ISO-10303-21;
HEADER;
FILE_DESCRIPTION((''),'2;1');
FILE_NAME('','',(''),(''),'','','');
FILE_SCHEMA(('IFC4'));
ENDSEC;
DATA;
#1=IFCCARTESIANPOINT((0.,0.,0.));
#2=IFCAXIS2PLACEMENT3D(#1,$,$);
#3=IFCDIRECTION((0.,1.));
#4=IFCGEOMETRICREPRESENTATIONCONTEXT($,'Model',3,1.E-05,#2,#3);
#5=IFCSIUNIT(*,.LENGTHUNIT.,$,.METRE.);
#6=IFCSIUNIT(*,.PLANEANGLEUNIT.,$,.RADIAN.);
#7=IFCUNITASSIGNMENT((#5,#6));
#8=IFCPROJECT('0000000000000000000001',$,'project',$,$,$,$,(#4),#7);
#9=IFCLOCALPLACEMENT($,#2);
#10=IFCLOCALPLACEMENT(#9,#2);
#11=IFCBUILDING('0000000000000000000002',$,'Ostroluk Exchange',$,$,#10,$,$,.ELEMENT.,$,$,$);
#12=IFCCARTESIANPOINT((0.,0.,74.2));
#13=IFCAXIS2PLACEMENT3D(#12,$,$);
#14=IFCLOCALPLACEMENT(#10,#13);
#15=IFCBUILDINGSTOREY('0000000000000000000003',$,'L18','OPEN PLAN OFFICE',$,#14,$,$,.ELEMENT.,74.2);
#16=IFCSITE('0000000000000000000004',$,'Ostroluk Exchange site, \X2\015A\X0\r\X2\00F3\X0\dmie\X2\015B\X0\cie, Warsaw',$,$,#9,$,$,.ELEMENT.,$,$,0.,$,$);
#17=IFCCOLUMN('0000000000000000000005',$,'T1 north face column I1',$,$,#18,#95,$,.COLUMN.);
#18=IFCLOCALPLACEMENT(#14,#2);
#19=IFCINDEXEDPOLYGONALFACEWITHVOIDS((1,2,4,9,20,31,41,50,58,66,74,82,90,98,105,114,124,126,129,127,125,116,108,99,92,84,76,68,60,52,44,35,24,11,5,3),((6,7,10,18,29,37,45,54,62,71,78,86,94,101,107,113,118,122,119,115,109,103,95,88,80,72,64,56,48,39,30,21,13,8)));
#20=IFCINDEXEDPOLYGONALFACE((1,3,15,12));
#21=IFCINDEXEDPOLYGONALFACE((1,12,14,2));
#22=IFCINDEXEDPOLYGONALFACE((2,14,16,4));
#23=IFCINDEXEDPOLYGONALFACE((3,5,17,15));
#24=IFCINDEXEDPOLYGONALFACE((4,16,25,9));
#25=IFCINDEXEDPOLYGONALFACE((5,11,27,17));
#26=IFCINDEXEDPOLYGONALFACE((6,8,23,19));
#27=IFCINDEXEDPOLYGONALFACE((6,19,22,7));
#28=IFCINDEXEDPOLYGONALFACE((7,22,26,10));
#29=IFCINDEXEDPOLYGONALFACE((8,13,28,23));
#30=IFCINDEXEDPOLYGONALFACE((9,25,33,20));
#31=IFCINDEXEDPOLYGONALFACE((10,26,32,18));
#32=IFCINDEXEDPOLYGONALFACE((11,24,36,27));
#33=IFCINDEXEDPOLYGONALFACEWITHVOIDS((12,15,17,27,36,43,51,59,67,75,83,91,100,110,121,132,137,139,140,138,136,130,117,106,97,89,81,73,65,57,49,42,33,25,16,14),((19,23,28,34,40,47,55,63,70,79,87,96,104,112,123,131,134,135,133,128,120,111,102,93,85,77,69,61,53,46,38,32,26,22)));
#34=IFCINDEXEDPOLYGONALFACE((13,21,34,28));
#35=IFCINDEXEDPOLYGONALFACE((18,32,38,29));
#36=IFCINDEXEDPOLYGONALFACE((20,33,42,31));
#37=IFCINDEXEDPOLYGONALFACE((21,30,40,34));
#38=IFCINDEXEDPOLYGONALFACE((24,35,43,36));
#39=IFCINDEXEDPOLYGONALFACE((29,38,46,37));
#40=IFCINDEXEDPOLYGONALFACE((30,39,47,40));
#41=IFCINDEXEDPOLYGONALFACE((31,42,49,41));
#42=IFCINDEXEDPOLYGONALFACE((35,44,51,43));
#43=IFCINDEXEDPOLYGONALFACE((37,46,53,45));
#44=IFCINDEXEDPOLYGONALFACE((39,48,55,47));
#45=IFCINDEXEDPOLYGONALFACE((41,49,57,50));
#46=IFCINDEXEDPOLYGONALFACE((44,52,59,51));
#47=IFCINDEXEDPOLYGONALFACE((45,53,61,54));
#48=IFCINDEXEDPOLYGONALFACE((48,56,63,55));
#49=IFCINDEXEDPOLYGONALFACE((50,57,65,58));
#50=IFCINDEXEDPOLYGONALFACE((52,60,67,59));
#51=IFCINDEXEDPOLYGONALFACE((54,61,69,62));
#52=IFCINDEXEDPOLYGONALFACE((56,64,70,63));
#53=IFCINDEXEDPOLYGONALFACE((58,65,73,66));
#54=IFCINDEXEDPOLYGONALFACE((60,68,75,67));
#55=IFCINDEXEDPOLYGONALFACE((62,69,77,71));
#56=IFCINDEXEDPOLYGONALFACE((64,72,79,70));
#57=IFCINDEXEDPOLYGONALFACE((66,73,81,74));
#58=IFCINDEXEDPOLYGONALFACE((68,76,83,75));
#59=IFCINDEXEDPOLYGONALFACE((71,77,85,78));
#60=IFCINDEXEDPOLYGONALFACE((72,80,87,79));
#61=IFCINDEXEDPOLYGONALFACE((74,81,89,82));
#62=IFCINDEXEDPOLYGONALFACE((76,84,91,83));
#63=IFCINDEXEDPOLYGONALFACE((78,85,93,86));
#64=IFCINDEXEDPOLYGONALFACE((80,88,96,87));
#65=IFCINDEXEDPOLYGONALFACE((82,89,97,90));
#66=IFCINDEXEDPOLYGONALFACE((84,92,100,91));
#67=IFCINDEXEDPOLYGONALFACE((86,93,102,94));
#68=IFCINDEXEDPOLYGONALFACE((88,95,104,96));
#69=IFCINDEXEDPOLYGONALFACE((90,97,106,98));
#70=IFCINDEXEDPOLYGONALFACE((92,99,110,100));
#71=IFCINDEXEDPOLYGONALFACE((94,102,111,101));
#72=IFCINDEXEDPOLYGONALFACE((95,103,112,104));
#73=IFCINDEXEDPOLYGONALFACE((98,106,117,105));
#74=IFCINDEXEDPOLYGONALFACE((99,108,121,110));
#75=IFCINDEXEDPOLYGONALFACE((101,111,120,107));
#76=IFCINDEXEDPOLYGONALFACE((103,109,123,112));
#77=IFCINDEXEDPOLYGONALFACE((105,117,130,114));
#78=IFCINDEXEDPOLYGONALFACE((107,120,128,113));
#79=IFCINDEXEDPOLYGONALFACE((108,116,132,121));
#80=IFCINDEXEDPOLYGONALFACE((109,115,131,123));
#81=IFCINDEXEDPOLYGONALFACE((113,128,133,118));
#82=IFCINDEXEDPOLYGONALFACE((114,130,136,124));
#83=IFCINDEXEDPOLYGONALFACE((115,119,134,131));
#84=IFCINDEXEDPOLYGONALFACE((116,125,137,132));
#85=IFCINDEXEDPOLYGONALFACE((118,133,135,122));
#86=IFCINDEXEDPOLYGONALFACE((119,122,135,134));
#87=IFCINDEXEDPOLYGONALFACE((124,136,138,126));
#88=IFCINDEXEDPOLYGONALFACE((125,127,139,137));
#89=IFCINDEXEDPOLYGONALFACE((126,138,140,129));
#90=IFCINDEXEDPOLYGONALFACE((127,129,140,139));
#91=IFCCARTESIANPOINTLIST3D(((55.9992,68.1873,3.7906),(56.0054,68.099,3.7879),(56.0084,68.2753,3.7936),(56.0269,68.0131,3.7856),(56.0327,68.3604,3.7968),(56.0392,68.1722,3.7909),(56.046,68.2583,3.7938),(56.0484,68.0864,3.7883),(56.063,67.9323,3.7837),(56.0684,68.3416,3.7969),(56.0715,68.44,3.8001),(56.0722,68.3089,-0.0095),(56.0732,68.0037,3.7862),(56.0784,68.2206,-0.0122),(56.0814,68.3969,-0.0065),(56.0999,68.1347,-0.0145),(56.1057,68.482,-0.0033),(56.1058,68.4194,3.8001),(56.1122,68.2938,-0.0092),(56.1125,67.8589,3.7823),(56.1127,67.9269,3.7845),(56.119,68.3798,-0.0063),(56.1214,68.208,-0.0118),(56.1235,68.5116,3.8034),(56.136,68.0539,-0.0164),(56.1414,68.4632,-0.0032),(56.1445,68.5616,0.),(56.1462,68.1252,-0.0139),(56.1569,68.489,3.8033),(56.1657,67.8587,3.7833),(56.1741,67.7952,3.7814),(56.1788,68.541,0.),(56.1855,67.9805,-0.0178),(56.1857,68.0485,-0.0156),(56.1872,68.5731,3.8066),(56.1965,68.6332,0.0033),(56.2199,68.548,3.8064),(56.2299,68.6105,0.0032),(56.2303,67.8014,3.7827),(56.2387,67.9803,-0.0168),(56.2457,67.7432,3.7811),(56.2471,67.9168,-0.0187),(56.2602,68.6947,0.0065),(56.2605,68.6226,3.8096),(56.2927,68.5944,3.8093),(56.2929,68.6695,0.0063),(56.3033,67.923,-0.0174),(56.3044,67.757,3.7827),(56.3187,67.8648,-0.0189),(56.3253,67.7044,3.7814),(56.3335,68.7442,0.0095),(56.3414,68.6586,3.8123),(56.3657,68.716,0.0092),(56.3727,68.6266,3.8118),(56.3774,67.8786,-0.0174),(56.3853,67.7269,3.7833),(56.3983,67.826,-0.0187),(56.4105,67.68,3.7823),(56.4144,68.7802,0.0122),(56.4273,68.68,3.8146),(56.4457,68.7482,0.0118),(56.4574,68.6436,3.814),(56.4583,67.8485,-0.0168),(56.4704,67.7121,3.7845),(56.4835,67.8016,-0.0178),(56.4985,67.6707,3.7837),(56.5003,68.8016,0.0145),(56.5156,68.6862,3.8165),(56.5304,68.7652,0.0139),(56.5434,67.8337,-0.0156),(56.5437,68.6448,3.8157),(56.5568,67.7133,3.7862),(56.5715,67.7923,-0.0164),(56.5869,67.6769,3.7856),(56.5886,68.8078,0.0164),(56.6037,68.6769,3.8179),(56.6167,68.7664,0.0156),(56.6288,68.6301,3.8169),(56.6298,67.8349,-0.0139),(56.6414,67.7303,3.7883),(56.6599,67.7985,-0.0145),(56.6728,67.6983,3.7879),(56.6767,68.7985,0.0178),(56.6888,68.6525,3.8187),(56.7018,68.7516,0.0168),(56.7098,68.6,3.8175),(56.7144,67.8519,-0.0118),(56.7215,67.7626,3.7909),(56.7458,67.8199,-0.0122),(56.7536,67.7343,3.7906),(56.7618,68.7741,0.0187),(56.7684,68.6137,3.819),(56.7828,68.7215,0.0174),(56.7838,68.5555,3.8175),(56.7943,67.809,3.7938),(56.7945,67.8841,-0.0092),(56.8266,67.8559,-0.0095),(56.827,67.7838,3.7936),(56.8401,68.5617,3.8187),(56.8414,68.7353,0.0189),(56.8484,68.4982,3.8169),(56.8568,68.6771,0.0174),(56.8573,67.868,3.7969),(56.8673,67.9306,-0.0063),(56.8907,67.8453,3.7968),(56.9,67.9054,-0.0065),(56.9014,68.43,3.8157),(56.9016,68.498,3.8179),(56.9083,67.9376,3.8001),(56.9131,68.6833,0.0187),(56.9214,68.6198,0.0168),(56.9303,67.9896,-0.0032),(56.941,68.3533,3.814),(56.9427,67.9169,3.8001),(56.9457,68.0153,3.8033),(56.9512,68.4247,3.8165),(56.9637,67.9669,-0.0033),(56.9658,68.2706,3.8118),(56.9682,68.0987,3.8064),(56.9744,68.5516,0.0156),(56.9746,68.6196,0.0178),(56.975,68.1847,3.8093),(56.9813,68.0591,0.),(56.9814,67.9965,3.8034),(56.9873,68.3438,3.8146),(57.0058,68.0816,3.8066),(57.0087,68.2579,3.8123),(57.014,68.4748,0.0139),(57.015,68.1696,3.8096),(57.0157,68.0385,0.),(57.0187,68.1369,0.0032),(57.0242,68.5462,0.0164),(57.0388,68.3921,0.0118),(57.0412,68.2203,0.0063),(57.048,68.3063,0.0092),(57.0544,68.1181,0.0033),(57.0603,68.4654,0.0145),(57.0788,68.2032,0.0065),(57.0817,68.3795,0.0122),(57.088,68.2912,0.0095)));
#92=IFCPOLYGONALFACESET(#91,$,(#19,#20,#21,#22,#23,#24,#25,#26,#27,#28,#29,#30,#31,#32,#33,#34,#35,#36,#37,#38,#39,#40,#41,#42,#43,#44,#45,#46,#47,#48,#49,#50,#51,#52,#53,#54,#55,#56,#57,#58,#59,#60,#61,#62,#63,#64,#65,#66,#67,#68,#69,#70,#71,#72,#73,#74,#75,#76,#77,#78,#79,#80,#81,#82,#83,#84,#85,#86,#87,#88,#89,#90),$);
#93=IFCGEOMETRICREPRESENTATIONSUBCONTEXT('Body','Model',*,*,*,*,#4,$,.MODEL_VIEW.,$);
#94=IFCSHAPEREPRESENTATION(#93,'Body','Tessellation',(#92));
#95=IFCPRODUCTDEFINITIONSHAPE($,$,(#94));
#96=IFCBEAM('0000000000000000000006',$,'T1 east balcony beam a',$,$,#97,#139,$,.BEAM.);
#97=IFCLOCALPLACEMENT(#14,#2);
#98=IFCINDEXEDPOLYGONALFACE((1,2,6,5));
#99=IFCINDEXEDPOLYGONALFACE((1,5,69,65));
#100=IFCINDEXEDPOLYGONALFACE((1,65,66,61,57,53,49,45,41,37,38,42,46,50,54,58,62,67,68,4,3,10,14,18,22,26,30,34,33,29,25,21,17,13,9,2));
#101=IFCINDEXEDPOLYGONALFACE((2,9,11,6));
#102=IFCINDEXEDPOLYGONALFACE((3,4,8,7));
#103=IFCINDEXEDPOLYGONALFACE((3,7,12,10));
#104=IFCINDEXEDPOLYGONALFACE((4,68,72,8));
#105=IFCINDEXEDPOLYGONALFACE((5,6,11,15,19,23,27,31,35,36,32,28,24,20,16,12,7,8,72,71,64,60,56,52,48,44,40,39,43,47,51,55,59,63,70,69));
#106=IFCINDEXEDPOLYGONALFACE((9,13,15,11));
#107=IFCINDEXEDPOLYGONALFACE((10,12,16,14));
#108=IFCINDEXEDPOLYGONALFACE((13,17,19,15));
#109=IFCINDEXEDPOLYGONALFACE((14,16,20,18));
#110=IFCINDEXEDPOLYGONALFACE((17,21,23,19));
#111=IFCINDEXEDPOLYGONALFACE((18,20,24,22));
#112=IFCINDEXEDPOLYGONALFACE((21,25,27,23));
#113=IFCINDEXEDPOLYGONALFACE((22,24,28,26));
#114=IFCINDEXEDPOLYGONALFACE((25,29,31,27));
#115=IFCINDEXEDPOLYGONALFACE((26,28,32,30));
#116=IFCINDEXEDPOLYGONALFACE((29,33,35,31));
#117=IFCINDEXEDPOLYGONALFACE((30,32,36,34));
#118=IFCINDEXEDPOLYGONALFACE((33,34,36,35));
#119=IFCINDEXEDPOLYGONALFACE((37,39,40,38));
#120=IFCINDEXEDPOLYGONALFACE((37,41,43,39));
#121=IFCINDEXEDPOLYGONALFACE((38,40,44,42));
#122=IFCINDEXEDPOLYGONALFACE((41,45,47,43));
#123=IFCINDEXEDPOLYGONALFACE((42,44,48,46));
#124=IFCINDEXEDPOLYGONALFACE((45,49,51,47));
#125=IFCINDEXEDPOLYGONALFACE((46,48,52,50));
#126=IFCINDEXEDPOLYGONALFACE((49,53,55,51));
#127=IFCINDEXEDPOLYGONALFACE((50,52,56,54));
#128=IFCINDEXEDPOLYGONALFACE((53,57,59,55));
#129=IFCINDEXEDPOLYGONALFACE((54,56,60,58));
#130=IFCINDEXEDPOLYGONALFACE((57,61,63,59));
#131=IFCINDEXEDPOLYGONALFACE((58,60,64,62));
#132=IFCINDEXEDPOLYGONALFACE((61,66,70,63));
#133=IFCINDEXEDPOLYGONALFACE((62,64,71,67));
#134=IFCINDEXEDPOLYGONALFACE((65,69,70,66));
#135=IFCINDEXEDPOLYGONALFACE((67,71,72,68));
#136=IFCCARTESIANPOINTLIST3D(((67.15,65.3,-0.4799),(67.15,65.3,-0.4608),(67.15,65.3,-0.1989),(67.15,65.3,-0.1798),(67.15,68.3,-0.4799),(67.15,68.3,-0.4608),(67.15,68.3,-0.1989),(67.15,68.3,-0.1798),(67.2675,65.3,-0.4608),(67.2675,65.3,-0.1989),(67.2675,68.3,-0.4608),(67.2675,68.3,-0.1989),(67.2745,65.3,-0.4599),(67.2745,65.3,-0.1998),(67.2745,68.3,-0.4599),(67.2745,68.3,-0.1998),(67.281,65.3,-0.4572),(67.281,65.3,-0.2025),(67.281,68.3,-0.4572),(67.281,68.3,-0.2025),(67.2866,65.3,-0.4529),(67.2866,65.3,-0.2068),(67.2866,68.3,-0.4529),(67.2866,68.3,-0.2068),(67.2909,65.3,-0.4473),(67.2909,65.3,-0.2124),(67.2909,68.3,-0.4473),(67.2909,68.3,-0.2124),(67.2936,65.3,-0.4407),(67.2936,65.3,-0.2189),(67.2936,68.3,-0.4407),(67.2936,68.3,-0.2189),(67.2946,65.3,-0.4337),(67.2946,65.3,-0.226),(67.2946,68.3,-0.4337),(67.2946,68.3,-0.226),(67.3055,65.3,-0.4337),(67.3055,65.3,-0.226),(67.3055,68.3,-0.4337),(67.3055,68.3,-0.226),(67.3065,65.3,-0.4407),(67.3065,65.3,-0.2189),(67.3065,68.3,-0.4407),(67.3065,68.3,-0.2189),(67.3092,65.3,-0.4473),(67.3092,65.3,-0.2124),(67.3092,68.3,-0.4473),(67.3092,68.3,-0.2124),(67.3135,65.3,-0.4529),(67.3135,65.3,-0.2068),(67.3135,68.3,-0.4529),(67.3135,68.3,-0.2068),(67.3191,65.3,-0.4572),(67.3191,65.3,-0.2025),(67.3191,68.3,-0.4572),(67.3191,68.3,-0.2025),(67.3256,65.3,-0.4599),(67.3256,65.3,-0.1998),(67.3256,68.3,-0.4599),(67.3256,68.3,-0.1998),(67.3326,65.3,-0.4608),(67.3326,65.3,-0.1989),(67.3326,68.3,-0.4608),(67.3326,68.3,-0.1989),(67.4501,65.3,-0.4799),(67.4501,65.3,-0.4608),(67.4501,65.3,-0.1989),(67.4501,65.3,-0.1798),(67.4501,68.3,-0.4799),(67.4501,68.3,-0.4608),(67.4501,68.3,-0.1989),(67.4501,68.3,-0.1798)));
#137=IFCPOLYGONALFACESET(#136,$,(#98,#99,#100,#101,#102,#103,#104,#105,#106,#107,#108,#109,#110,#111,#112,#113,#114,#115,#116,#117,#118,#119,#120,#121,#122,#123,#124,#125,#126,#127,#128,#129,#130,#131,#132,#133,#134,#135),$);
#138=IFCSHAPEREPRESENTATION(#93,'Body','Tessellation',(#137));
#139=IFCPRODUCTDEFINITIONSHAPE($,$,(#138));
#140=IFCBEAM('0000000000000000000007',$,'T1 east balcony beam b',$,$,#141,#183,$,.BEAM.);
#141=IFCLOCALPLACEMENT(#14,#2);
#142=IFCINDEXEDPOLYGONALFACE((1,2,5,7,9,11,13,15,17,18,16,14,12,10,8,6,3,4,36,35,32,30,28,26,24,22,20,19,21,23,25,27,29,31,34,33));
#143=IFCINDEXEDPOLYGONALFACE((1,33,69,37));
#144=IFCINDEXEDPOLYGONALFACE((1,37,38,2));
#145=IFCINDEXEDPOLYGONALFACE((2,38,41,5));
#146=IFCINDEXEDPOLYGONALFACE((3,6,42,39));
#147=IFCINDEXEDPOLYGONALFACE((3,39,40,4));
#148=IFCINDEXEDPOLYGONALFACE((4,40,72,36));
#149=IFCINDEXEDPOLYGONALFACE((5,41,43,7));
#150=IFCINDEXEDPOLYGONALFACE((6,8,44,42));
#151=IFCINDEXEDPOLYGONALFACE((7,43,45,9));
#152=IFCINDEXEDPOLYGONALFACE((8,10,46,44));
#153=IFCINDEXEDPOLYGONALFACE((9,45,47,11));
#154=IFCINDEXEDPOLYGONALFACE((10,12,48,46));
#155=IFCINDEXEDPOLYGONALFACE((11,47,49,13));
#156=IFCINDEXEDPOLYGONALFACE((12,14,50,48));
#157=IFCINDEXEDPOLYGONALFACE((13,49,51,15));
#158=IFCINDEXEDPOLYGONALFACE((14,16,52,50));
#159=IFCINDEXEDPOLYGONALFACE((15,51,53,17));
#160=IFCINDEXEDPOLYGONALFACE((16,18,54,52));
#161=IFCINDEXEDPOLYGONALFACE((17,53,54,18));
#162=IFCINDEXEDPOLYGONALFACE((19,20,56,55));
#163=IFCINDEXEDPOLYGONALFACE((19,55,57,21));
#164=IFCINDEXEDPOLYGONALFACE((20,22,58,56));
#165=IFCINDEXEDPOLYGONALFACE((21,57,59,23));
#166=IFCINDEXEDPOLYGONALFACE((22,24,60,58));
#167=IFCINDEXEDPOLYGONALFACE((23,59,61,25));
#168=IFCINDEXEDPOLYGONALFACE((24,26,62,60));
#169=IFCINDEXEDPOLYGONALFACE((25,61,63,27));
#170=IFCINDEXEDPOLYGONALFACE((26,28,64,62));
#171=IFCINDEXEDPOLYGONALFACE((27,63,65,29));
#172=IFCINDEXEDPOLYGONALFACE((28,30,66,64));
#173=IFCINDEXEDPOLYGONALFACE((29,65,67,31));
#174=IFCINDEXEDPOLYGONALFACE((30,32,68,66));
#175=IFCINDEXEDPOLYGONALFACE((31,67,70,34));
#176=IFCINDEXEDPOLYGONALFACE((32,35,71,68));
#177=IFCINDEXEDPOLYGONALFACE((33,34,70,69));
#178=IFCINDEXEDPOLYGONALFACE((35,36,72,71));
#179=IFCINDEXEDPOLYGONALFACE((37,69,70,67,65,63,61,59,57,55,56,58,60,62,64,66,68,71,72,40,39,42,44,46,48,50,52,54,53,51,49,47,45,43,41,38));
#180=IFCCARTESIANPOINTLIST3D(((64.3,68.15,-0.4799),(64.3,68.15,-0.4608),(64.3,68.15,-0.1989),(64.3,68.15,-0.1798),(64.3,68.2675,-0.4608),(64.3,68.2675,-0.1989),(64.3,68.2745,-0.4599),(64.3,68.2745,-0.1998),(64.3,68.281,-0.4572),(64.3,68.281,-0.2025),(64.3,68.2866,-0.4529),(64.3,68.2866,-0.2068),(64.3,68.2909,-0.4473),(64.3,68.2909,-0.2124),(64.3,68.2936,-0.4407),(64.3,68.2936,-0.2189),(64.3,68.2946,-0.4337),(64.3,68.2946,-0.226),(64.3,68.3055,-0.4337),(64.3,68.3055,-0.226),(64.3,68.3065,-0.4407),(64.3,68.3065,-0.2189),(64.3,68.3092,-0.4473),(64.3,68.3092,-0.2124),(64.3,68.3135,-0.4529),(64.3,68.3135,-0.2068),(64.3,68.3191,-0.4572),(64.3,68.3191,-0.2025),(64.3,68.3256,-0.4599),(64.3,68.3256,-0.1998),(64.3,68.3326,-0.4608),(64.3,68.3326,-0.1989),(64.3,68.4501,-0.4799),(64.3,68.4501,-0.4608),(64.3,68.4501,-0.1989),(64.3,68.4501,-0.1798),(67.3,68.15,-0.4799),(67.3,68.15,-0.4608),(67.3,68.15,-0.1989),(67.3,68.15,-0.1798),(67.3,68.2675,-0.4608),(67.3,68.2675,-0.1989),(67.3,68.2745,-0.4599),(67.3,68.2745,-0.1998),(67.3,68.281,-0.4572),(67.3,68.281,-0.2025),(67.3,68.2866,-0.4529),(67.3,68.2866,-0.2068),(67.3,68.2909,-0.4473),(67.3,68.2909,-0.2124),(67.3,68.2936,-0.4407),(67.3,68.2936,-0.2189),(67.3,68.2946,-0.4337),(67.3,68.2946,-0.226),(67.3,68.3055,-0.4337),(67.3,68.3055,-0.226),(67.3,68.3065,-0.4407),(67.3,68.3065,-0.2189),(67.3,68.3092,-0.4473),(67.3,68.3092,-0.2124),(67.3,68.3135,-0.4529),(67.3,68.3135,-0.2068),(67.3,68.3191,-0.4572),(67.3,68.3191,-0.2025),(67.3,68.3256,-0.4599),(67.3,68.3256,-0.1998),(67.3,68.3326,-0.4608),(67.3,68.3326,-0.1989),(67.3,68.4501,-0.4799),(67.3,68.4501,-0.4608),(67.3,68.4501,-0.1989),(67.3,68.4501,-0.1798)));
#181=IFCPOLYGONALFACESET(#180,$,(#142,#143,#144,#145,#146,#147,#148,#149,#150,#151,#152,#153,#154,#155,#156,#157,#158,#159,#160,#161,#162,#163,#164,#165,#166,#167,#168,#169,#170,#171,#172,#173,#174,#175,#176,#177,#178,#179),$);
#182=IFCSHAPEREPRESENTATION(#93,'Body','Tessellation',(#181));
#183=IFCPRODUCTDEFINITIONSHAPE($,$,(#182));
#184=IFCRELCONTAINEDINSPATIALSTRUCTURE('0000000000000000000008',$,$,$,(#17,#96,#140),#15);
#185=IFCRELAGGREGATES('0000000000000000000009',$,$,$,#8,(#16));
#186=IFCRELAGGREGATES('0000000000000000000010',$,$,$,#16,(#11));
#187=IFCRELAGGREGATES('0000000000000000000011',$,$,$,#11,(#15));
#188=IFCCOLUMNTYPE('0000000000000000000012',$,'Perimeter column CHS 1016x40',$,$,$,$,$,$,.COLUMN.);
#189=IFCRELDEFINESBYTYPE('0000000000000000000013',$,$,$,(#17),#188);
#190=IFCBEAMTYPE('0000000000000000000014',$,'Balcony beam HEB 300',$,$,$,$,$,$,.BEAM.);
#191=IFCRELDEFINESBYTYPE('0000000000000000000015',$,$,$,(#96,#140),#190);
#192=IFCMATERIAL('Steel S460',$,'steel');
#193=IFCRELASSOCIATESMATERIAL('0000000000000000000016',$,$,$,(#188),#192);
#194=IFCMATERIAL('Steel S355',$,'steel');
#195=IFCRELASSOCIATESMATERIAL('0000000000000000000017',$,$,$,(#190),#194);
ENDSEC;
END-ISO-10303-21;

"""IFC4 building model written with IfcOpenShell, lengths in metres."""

from ifc_helpers import new_model, si_unit, direction, frame, origin, origin_2d, place, context, subcontext, project, spatial, hollow_circle, i_section, extrude, material, material_profile, profile_set, type_object, element, save


model = new_model("IFC4")

# Units and contexts
model_context = context("Model", 3, precision=1e-05, world=origin(), true_north=direction((0.0, 1.0)))
body_context = subcontext(model_context, "Body", "Model", "MODEL_VIEW")
ifc_project = project(units=[si_unit("LENGTHUNIT", "METRE"), si_unit("PLANEANGLEUNIT", "RADIAN")], contexts=[model_context])

# Site, building, storey
site_placement = place(None, origin())
site = spatial("IfcSite", under=ifc_project, at=site_placement, Name="Ostroluk Exchange site, Śródmieście, Warsaw", CompositionType="ELEMENT", RefElevation=0.0)
building_placement = place(site_placement, origin())
building = spatial("IfcBuilding", under=site, at=building_placement, Name="Ostroluk Exchange", CompositionType="ELEMENT")
storey_placement = place(building_placement, frame((0.0, 0.0, 74.2)))
storey = spatial("IfcBuildingStorey", under=building, at=storey_placement, Name="L18", Description="OPEN PLAN OFFICE", CompositionType="ELEMENT", Elevation=74.2)

# Column
ifc_material_1 = material(Name="Steel S460", Category="steel")
ifc_material_profile_1 = material_profile(ifc_material_1, hollow_circle(Radius=0.5081, WallThickness=0.04, at=origin_2d()), Name="CHS 1016x40")
ifc_profile_set_1 = profile_set([ifc_material_profile_1], Name="Steel S460")
column_type = type_object("IfcColumnType", Name="Perimeter column CHS 1016x40", PredefinedType="COLUMN", material=ifc_profile_set_1)
column_placement = place(storey_placement, frame((56.5801, 68.3, 0.0), z_axis=(-0.019196, -0.031973, 0.999304), x_axis=(0.857341, -0.514749, 0.0)))
element("IfcColumn", 1, at=column_placement, inside=storey, type_object=column_type, Name="T1 north face column I1", PredefinedType="COLUMN", context=body_context, shape_type="SweptSolid", body=[
    extrude(hollow_circle(Radius=0.5081, WallThickness=0.04, at=origin_2d()), origin(), (0.0, 0.0, 1.0), 3.8027),
])

# Beams
ifc_material_2 = material(Name="Steel S355", Category="steel")
ifc_material_profile_2 = material_profile(ifc_material_2, i_section(OverallWidth=0.3, OverallDepth=0.3, WebThickness=0.011, FlangeThickness=0.019, FilletRadius=0.0271, at=origin_2d()), Name="HEB 300")
ifc_profile_set_2 = profile_set([ifc_material_profile_2], Name="Steel S355")
beam_type_1 = type_object("IfcBeamType", Name="Balcony beam HEB 300", PredefinedType="BEAM", material=ifc_profile_set_2)
for number, where, z_axis, x_axis, name in (
    (2, (67.3, 65.3, -0.3298), (0.0, 1.0, 0.0), (-1.0, 0.0, 0.0), "T1 east balcony beam a"),
    (3, (64.3, 68.3, -0.3298), (1.0, 0.0, 0.0), (0.0, 1.0, 0.0), "T1 east balcony beam b"),
):
    element("IfcBeam", number, at=place(storey_placement, frame(where, z_axis=z_axis, x_axis=x_axis)), inside=storey, type_object=beam_type_1, Name=name, PredefinedType="BEAM", context=body_context, shape_type="SweptSolid", body=[
        extrude(i_section(OverallWidth=0.3, OverallDepth=0.3, WebThickness=0.011, FlangeThickness=0.019, FilletRadius=0.0271, at=origin_2d()), origin(), (0.0, 0.0, 1.0), 3.0),
    ])

save(model, "model.ifc")
